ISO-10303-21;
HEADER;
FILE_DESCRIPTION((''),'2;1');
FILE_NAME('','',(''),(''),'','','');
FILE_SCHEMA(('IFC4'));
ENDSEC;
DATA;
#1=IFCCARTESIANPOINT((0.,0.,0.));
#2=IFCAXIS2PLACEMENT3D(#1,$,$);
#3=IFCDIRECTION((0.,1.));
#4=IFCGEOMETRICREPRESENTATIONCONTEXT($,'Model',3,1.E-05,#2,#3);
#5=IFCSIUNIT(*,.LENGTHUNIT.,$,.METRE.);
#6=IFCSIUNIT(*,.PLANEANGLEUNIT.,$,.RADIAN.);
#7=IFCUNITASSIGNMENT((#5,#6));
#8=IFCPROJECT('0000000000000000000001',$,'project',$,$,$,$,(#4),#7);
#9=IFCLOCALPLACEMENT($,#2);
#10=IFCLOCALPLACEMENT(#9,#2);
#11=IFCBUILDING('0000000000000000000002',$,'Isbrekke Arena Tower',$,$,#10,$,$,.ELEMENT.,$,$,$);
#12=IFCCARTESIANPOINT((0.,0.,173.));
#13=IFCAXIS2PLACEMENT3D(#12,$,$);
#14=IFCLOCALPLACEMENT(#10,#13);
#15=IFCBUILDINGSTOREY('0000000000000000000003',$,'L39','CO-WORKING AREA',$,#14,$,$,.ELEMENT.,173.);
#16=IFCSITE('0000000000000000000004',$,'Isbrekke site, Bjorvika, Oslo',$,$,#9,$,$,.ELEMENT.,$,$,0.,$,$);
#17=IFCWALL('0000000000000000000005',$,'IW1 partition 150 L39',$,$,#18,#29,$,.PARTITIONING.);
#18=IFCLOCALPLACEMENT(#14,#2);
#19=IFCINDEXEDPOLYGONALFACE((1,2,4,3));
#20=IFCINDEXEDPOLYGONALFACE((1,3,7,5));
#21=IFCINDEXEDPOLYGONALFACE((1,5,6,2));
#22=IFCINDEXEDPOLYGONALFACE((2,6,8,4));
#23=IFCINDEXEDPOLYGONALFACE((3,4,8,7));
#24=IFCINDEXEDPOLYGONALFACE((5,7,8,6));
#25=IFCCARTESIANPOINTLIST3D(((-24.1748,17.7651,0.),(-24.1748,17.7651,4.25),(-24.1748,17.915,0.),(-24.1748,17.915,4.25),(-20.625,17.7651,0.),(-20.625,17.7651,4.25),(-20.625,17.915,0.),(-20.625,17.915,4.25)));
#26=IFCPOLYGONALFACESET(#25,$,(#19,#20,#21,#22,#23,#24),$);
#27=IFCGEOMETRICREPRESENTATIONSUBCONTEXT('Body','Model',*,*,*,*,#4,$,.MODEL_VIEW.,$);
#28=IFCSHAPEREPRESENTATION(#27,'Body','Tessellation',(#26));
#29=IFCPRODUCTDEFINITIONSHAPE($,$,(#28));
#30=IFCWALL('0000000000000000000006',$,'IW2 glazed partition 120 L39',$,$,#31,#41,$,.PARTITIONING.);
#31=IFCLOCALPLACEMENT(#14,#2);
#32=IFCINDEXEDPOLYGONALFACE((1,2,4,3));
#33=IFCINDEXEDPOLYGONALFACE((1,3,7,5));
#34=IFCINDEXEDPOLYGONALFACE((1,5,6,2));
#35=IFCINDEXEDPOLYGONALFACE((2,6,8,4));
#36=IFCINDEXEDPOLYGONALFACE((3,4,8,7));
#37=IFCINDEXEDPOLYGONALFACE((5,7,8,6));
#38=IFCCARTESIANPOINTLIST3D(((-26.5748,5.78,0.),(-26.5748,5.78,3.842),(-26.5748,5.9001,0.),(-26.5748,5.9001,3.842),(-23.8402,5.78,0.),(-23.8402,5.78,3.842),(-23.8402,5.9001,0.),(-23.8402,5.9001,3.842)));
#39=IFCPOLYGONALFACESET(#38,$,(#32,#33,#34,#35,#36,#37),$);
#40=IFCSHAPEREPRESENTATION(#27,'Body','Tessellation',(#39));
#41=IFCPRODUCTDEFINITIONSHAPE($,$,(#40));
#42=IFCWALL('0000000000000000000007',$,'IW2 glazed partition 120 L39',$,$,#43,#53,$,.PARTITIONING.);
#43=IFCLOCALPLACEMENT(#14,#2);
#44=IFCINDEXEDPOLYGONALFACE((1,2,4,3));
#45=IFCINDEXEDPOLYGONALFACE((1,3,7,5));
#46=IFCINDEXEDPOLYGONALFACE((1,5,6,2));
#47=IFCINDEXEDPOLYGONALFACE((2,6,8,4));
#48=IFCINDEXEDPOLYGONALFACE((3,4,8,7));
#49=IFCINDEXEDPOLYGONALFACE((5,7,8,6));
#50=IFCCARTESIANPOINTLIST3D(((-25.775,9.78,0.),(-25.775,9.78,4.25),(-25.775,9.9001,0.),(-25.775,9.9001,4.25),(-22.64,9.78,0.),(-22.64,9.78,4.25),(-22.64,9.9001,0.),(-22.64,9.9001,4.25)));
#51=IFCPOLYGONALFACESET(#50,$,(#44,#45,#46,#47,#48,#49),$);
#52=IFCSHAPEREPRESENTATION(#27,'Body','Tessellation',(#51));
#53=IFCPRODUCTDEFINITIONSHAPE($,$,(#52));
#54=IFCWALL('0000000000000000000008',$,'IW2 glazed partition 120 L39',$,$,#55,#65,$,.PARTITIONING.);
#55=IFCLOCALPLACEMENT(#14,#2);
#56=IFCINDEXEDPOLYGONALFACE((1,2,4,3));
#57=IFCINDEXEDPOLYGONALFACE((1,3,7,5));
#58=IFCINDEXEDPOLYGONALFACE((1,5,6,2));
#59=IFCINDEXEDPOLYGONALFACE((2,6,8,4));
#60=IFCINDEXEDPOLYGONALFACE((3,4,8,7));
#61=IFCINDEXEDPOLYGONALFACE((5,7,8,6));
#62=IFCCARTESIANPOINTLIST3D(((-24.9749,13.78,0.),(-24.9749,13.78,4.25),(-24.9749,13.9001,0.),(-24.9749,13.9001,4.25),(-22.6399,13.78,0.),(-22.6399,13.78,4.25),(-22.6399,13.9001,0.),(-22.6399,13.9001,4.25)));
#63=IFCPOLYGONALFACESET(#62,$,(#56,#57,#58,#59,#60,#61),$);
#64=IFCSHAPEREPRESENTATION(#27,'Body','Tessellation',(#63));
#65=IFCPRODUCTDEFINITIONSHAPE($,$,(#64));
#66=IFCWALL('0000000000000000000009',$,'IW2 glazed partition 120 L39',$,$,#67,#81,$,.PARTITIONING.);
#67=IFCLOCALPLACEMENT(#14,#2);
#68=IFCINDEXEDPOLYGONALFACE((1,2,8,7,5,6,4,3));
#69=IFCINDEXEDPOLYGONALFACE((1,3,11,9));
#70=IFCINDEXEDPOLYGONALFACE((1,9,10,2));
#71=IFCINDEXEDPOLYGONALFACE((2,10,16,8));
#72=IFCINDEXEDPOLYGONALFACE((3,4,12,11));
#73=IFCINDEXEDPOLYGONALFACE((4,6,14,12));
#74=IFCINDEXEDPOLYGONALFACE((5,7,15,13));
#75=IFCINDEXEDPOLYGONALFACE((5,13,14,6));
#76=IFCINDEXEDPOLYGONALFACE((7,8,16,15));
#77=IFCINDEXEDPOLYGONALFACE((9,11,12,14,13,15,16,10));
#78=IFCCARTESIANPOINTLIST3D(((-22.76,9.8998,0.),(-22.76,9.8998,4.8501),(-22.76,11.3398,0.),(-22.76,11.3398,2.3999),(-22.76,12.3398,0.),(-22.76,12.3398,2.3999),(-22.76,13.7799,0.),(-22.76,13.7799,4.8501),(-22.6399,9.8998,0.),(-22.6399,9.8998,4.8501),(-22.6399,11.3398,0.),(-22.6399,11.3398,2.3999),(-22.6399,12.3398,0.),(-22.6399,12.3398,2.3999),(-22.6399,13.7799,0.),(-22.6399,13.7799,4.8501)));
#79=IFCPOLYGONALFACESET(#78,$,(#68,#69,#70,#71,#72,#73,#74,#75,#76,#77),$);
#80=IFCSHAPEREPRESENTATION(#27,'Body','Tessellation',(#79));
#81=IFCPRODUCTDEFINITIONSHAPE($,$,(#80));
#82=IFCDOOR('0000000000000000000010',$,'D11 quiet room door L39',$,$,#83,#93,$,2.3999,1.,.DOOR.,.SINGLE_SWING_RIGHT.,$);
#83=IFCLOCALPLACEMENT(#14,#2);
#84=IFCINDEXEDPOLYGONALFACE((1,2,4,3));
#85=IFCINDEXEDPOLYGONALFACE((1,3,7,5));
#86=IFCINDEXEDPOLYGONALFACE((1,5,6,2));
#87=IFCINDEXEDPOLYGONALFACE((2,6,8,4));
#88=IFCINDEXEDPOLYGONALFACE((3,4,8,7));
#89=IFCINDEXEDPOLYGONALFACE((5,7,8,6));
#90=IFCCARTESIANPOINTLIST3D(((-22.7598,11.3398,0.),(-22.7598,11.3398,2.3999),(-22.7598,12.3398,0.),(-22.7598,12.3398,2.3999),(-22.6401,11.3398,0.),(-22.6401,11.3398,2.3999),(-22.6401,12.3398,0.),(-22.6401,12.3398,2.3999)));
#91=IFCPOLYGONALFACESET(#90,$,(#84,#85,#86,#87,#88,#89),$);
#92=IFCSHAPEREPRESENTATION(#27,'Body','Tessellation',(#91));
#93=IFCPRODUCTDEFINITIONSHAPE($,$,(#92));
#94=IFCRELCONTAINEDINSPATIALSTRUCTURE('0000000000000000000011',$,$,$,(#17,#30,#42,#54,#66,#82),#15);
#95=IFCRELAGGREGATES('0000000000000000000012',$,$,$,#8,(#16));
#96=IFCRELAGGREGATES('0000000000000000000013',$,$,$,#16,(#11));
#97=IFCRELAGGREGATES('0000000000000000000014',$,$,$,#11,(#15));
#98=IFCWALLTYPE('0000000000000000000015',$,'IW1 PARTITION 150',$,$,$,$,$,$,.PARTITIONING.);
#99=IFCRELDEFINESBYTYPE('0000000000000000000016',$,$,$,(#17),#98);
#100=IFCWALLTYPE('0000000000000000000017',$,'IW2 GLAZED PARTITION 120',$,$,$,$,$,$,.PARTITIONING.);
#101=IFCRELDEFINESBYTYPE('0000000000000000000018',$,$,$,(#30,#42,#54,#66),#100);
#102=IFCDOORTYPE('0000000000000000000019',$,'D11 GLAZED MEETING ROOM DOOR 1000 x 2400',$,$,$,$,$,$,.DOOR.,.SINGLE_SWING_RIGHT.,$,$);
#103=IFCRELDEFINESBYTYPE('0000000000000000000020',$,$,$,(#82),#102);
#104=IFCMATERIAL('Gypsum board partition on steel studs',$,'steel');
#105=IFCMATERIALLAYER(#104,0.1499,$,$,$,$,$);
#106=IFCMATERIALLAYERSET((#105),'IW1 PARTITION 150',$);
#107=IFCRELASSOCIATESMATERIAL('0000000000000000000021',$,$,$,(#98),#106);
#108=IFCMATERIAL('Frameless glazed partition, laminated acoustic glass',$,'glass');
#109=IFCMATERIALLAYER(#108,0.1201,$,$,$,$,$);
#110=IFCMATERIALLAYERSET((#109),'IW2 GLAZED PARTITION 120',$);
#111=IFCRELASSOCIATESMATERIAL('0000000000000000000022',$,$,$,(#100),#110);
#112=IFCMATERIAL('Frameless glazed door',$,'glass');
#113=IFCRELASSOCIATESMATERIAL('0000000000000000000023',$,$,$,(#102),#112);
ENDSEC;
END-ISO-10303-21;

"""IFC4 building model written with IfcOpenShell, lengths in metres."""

from ifc_helpers import new_model, si_unit, direction, frame, frame_2d, origin, place, context, subcontext, project, spatial, rectangle, extrude, material, layer, layer_set, type_object, element, fill, save


model = new_model("IFC4")

# Units and contexts
model_context = context("Model", 3, precision=1e-05, world=origin(), true_north=direction((0.0, 1.0)))
body_context = subcontext(model_context, "Body", "Model", "MODEL_VIEW")
ifc_project = project(units=[si_unit("LENGTHUNIT", "METRE"), si_unit("PLANEANGLEUNIT", "RADIAN")], contexts=[model_context])

# Site, building, storey
site_placement = place(None, origin())
site = spatial("IfcSite", under=ifc_project, at=site_placement, Name="Isbrekke site, Bjorvika, Oslo", CompositionType="ELEMENT", RefElevation=0.0)
building_placement = place(site_placement, origin())
building = spatial("IfcBuilding", under=site, at=building_placement, Name="Isbrekke Arena Tower", CompositionType="ELEMENT")
storey_placement = place(building_placement, frame((0.0, 0.0, 173.0)))
storey = spatial("IfcBuildingStorey", under=building, at=storey_placement, Name="L39", Description="CO-WORKING AREA", CompositionType="ELEMENT", Elevation=173.0)

# Walls
ifc_material_1 = material(Name="Gypsum board partition on steel studs", Category="steel")
ifc_layer_1 = layer(ifc_material_1, 0.1499)
ifc_layer_set_1 = layer_set([ifc_layer_1], Name="IW1 PARTITION 150")
wall_type_1 = type_object("IfcWallType", Name="IW1 PARTITION 150", PredefinedType="PARTITIONING", material=ifc_layer_set_1)
wall_1_placement = place(storey_placement, frame((-24.1748, 17.8401, 0.0), z_axis=(0.0, 0.0, 1.0), x_axis=(1.0, 0.0, 0.0)))
element("IfcWall", 1, at=wall_1_placement, inside=storey, type_object=wall_type_1, Name="IW1 partition 150 L39", PredefinedType="PARTITIONING", context=body_context, shape_type="SweptSolid", body=[
    extrude(rectangle(XDim=3.5498, YDim=0.1499, at=frame_2d((1.7749, 0.0))), origin(), (0.0, 0.0, 1.0), 4.25),
])
ifc_material_2 = material(Name="Frameless glazed partition, laminated acoustic glass", Category="glass")
ifc_layer_2 = layer(ifc_material_2, 0.1201)
ifc_layer_set_2 = layer_set([ifc_layer_2], Name="IW2 GLAZED PARTITION 120")
wall_type_2 = type_object("IfcWallType", Name="IW2 GLAZED PARTITION 120", PredefinedType="PARTITIONING", material=ifc_layer_set_2)
wall_2_placement = place(storey_placement, frame((-26.5747, 5.8401, 0.0), z_axis=(0.0, 0.0, 1.0), x_axis=(1.0, 0.0, 0.0)))
element("IfcWall", 2, at=wall_2_placement, inside=storey, type_object=wall_type_2, Name="IW2 glazed partition 120 L39", PredefinedType="PARTITIONING", context=body_context, shape_type="SweptSolid", body=[
    extrude(rectangle(XDim=2.7346, YDim=0.1201, at=frame_2d((1.3672, 0.0))), origin(), (0.0, 0.0, 1.0), 3.842),
])
wall_3_placement = place(storey_placement, frame((-25.7749, 9.8401, 0.0), z_axis=(0.0, 0.0, 1.0), x_axis=(1.0, 0.0, 0.0)))
element("IfcWall", 3, at=wall_3_placement, inside=storey, type_object=wall_type_2, Name="IW2 glazed partition 120 L39", PredefinedType="PARTITIONING", context=body_context, shape_type="SweptSolid", body=[
    extrude(rectangle(XDim=3.135, YDim=0.1201, at=frame_2d((1.5674, 0.0))), origin(), (0.0, 0.0, 1.0), 4.25),
])
wall_4_placement = place(storey_placement, frame((-24.9749, 13.8401, 0.0), z_axis=(0.0, 0.0, 1.0), x_axis=(1.0, 0.0, 0.0)))
element("IfcWall", 4, at=wall_4_placement, inside=storey, type_object=wall_type_2, Name="IW2 glazed partition 120 L39", PredefinedType="PARTITIONING", context=body_context, shape_type="SweptSolid", body=[
    extrude(rectangle(XDim=2.335, YDim=0.1201, at=frame_2d((1.1675, 0.0))), origin(), (0.0, 0.0, 1.0), 4.25),
])

# Wall, opening, door
wall_5_placement = place(storey_placement, frame((-22.7, 9.8999, 0.0), z_axis=(0.0, 0.0, 1.0), x_axis=(0.0, 1.0, 0.0)))
wall_5 = element("IfcWall", 5, at=wall_5_placement, inside=storey, type_object=wall_type_2, Name="IW2 glazed partition 120 L39", PredefinedType="PARTITIONING", context=body_context, shape_type="SweptSolid", body=[
    extrude(rectangle(XDim=3.8801, YDim=0.1201, at=frame_2d((1.9399, 0.0))), origin(), (0.0, 0.0, 1.0), 4.8501),
])
opening_placement = place(wall_5_placement, frame((1.4399, 0.0, 0.0)))
opening = element("IfcOpeningElement", 6, at=opening_placement, cuts=wall_5, PredefinedType="OPENING", context=body_context, shape_type="SweptSolid", body=[
    extrude(rectangle(XDim=1.0, YDim=2.3999, at=frame_2d((0.5, 1.2))), frame((0.0, 0.075, 0.0), z_axis=(0.0, -1.0, 0.0), x_axis=(1.0, 0.0, 0.0)), (0.0, 0.0, 1.0), 0.1499),
])
ifc_material_3 = material(Name="Frameless glazed door", Category="glass")
door_type = type_object("IfcDoorType", Name="D11 GLAZED MEETING ROOM DOOR 1000 x 2400", OperationType="SINGLE_SWING_RIGHT", PredefinedType="DOOR", material=ifc_material_3)
door_placement = place(opening_placement, origin())
door = element("IfcDoor", 7, at=door_placement, inside=storey, type_object=door_type, Name="D11 quiet room door L39", OperationType="SINGLE_SWING_RIGHT", OverallHeight=2.3999, OverallWidth=1.0, PredefinedType="DOOR", context=body_context, shape_type="SweptSolid", body=[
    extrude(rectangle(XDim=1.0, YDim=2.3999, at=frame_2d((0.5, 1.2))), frame((0.0, 0.0598, 0.0), z_axis=(0.0, -1.0, 0.0), x_axis=(1.0, 0.0, 0.0)), (0.0, 0.0, 1.0), 0.1196),
])
fill(opening, door)

save(model, "model.ifc")
